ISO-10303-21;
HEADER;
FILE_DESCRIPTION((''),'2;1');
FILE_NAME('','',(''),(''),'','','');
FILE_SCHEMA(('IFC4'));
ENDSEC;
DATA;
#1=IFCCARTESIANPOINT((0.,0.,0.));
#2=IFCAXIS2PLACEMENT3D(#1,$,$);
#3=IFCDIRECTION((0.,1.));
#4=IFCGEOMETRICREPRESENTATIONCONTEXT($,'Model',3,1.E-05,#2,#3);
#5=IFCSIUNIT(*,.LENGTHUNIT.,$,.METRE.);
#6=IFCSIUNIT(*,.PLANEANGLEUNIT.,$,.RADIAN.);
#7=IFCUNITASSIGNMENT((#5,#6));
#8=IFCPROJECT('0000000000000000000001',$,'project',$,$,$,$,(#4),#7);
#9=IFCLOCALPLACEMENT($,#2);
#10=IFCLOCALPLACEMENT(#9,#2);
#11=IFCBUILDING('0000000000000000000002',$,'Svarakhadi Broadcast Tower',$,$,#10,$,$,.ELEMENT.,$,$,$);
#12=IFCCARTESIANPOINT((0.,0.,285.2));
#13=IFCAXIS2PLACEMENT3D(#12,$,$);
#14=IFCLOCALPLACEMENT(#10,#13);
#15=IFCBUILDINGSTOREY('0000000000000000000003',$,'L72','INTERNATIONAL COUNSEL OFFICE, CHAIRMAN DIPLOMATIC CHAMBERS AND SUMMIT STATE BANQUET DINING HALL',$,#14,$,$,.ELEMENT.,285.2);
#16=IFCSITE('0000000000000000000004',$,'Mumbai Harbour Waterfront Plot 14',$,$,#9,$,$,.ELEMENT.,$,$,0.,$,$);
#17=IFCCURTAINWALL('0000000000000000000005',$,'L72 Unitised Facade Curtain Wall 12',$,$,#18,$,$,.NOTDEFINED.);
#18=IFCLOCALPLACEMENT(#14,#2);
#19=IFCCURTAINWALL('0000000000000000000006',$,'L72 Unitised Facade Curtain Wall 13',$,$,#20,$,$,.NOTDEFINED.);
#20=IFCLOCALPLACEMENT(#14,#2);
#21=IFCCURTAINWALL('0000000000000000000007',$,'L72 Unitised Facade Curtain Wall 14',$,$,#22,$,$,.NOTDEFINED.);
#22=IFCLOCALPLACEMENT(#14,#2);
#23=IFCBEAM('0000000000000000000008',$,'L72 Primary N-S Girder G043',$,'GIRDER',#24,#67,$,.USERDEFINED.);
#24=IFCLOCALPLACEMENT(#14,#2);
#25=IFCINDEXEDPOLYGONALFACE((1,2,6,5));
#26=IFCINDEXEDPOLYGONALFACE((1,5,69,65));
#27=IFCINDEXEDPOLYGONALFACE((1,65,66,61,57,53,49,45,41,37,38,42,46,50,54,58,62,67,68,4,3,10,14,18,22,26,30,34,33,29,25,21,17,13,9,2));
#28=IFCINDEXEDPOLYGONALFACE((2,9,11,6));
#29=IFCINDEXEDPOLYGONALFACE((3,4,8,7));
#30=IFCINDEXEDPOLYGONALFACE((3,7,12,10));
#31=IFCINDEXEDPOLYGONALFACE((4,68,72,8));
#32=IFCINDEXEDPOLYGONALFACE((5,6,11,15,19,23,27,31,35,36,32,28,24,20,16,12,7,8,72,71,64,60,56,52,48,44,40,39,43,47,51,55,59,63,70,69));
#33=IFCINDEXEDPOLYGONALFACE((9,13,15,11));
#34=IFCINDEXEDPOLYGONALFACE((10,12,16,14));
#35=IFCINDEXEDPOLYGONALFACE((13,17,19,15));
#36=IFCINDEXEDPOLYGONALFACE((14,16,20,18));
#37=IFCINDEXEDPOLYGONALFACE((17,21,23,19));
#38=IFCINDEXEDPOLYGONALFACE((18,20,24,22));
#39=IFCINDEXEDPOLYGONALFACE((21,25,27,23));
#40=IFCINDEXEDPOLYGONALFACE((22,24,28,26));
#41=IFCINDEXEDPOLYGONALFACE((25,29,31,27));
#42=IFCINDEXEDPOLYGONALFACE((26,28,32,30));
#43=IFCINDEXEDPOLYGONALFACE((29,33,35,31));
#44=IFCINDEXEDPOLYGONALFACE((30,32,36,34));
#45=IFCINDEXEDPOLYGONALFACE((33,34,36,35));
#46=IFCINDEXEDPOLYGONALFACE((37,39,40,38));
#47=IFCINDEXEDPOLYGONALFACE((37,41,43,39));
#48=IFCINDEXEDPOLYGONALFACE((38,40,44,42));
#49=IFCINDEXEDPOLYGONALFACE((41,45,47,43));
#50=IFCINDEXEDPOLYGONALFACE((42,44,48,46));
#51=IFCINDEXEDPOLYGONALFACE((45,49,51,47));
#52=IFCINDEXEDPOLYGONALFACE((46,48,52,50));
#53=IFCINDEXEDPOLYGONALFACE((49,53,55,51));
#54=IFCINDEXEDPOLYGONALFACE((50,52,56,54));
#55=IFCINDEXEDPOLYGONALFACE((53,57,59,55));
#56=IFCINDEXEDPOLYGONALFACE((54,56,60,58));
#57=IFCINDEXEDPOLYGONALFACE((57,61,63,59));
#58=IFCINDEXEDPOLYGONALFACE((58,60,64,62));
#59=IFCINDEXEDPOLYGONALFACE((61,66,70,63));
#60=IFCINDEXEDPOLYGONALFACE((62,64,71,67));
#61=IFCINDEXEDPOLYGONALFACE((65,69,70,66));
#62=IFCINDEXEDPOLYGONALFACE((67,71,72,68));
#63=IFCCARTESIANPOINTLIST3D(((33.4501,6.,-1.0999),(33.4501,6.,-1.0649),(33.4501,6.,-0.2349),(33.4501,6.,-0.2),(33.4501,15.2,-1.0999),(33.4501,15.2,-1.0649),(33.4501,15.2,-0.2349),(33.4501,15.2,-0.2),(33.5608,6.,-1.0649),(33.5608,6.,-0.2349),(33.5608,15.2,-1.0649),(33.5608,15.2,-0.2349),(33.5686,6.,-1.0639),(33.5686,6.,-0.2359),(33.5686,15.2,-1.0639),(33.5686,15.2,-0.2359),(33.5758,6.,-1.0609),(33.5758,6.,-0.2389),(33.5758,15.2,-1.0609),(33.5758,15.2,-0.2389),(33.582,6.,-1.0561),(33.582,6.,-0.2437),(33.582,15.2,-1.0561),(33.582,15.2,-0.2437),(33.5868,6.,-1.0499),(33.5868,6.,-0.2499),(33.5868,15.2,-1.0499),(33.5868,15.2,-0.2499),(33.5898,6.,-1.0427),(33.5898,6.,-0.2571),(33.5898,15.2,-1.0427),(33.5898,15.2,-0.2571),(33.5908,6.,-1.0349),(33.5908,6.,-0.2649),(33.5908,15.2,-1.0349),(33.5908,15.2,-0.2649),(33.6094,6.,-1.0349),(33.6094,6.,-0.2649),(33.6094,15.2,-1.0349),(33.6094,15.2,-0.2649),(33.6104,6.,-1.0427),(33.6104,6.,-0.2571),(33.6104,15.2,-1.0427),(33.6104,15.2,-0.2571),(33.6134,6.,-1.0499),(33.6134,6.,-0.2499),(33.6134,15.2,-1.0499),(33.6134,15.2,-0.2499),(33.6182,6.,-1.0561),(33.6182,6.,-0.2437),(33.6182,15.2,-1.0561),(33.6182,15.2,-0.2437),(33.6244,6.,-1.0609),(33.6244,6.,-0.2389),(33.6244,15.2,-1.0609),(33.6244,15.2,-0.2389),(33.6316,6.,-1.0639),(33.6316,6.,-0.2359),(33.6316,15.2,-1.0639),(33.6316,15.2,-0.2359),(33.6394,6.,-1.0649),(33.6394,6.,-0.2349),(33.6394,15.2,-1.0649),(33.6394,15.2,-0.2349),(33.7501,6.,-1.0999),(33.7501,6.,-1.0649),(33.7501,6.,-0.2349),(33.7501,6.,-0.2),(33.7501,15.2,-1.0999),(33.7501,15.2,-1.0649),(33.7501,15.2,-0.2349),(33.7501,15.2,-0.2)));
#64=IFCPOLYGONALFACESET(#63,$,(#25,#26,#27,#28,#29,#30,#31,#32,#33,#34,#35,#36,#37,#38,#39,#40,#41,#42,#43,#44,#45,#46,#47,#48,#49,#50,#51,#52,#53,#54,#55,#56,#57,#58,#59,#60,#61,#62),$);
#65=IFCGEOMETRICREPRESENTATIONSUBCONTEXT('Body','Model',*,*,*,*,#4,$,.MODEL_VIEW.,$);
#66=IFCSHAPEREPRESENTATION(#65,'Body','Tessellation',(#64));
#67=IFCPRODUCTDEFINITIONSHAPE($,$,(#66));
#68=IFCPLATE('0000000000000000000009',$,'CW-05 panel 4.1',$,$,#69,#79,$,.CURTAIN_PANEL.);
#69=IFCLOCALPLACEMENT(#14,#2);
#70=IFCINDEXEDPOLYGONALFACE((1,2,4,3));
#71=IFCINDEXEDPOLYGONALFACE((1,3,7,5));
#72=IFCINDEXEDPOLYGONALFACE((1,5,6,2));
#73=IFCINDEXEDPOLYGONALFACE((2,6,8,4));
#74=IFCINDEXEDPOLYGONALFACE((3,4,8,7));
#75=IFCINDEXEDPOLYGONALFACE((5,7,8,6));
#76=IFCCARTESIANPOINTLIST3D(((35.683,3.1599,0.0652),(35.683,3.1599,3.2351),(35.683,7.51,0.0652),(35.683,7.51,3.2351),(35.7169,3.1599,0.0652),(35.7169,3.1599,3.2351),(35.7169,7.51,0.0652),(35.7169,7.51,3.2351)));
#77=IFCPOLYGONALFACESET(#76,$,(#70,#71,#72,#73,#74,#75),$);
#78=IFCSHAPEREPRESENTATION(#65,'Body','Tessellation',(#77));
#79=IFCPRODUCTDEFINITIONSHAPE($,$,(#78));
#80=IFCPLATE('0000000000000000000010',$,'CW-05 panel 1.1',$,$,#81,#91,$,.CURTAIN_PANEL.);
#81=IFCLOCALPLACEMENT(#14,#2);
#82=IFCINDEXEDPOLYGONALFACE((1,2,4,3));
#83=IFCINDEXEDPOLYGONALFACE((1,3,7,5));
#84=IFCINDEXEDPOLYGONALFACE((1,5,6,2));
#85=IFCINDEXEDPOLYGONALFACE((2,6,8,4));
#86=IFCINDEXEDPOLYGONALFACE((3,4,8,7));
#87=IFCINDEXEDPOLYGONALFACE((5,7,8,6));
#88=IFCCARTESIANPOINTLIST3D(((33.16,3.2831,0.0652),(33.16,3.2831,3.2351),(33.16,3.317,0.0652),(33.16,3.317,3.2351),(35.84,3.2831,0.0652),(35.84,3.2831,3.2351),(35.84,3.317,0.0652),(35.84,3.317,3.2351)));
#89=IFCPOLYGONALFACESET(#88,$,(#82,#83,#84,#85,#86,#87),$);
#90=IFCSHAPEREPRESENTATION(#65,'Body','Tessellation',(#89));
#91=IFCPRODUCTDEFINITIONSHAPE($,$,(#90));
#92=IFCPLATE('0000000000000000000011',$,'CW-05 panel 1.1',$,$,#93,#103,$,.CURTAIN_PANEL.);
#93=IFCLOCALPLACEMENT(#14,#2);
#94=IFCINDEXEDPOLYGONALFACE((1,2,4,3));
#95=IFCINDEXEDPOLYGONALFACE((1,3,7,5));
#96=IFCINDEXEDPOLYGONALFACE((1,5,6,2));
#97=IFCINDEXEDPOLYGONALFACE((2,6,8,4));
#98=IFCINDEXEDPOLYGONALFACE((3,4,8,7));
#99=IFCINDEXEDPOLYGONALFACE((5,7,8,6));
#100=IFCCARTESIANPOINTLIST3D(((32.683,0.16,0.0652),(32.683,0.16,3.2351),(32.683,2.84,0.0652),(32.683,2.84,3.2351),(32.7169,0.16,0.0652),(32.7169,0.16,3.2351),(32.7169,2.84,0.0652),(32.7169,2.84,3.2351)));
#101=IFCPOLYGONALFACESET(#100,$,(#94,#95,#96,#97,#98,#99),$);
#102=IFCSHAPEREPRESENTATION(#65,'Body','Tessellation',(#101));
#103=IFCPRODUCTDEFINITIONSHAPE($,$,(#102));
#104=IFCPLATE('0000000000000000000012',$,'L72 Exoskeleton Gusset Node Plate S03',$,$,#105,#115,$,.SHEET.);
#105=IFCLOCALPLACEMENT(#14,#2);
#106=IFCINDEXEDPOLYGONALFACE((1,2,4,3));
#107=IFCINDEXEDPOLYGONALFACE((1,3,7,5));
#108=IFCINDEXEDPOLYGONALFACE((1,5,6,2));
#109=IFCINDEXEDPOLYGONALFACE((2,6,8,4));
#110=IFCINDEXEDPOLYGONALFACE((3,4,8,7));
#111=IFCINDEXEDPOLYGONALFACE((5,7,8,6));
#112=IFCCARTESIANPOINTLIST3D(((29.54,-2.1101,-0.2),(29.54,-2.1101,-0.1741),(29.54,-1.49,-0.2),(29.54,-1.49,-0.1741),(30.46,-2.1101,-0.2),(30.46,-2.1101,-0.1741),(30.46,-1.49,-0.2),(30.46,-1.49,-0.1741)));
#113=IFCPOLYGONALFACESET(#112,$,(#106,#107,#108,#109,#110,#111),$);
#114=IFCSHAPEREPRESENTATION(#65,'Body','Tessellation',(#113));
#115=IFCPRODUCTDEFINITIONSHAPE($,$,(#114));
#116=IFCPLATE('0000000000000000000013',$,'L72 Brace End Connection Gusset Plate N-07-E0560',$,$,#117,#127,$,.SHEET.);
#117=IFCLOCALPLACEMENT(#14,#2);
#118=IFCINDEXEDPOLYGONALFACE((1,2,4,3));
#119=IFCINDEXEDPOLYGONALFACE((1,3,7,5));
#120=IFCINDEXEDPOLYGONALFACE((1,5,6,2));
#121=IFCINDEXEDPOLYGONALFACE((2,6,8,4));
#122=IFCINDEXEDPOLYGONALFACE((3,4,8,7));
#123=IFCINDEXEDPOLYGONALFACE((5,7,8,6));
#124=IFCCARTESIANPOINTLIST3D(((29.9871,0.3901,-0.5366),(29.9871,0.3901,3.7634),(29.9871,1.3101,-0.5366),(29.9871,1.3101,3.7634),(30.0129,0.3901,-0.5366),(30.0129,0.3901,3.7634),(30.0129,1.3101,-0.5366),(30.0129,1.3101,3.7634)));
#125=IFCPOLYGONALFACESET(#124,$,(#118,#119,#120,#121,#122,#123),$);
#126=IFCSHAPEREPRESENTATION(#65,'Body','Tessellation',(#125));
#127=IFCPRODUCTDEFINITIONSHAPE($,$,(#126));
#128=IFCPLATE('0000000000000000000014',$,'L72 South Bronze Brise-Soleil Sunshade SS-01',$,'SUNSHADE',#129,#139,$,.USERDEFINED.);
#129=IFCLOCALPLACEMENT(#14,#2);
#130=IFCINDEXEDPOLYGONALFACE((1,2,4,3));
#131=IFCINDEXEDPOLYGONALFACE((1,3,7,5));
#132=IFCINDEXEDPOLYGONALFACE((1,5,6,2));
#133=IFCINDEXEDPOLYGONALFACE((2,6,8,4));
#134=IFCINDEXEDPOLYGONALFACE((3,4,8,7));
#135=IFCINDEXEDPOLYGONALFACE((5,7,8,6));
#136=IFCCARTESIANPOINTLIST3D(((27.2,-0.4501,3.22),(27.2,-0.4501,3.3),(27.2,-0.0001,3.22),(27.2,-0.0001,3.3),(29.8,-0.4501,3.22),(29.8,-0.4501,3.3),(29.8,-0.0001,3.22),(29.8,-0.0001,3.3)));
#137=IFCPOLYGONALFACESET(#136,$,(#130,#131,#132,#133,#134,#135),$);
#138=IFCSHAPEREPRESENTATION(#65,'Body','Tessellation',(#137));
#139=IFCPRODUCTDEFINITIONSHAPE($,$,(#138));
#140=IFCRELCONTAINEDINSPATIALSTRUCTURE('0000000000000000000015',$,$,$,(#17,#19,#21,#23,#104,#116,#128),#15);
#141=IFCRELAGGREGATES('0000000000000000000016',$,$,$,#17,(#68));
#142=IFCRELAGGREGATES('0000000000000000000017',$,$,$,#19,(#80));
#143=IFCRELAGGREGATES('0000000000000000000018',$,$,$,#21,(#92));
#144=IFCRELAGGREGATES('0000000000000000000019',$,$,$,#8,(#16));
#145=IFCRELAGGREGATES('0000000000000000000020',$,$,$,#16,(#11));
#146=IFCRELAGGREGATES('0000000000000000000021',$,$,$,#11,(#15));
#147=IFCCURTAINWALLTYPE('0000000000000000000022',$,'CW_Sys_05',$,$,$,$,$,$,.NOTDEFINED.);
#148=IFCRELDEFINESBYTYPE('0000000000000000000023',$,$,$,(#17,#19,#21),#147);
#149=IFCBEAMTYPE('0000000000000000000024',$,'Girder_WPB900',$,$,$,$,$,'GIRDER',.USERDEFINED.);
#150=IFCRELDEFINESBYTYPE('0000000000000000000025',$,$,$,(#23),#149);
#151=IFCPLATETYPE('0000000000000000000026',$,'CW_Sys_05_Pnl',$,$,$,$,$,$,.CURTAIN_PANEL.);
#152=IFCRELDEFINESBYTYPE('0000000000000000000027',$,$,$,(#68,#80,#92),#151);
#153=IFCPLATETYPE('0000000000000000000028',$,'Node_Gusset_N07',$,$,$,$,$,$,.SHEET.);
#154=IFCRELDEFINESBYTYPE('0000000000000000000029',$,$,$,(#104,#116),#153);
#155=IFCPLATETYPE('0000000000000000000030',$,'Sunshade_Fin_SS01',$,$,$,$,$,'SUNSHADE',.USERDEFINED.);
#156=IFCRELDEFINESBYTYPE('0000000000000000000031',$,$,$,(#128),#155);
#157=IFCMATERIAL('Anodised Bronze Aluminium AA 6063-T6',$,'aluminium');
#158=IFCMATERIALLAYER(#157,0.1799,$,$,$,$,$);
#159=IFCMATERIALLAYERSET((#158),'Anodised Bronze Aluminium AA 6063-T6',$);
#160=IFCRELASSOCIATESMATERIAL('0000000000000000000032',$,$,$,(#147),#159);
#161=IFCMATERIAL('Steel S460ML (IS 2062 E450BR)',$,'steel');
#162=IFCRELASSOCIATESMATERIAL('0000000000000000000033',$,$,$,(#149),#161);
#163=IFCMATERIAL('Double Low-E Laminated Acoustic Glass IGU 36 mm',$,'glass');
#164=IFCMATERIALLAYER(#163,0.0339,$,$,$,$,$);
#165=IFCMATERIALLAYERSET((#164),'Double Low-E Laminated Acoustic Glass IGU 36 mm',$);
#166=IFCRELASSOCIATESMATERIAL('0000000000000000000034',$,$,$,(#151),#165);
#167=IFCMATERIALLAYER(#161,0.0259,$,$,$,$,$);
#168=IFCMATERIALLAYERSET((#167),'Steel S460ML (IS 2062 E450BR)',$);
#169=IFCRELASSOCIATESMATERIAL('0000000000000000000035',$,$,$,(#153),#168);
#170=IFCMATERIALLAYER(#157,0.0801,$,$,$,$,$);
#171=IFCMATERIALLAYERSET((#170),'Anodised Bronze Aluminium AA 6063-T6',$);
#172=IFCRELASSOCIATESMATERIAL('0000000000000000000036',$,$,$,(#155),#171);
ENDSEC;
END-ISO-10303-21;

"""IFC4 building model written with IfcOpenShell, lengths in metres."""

from ifc_helpers import new_model, si_unit, direction, frame, origin, origin_2d, place, context, subcontext, project, spatial, rectangle, i_section, extrude, material, layer, layer_set, material_profile, profile_set, type_object, element, aggregate, save


model = new_model("IFC4")

# Units and contexts
model_context = context("Model", 3, precision=1e-05, world=origin(), true_north=direction((0.0, 1.0)))
body_context = subcontext(model_context, "Body", "Model", "MODEL_VIEW")
ifc_project = project(units=[si_unit("LENGTHUNIT", "METRE"), si_unit("PLANEANGLEUNIT", "RADIAN")], contexts=[model_context])

# Site, building, storey
site_placement = place(None, origin())
site = spatial("IfcSite", under=ifc_project, at=site_placement, Name="Mumbai Harbour Waterfront Plot 14", CompositionType="ELEMENT", RefElevation=0.0)
building_placement = place(site_placement, origin())
building = spatial("IfcBuilding", under=site, at=building_placement, Name="Svarakhadi Broadcast Tower", CompositionType="ELEMENT")
storey_placement = place(building_placement, frame((0.0, 0.0, 285.2)))
storey = spatial("IfcBuildingStorey", under=building, at=storey_placement, Name="L72", Description="INTERNATIONAL COUNSEL OFFICE, CHAIRMAN DIPLOMATIC CHAMBERS AND SUMMIT STATE BANQUET DINING HALL", CompositionType="ELEMENT", Elevation=285.2)

# Shared definitions
ifc_material_1 = material(Name="Steel S460ML (IS 2062 E450BR)", Category="steel")

# Curtain wall
ifc_material_2 = material(Name="Anodised Bronze Aluminium AA 6063-T6", Category="aluminium")
ifc_layer_1 = layer(ifc_material_2, 0.1799)
ifc_layer_set_1 = layer_set([ifc_layer_1], Name="Anodised Bronze Aluminium AA 6063-T6")
curtain_wall_type = type_object("IfcCurtainWallType", Name="CW_Sys_05", PredefinedType="NOTDEFINED", material=ifc_layer_set_1)
curtain_wall_1_placement = place(storey_placement, origin())
curtain_wall_1 = element("IfcCurtainWall", 1, at=curtain_wall_1_placement, inside=storey, type_object=curtain_wall_type, Name="L72 Unitised Facade Curtain Wall 12", PredefinedType="NOTDEFINED")

# Curtain walls
curtain_wall_2_placement = place(storey_placement, origin())
curtain_wall_2 = element("IfcCurtainWall", 2, at=curtain_wall_2_placement, inside=storey, type_object=curtain_wall_type, Name="L72 Unitised Facade Curtain Wall 13", PredefinedType="NOTDEFINED")
curtain_wall_3_placement = place(storey_placement, origin())
curtain_wall_3 = element("IfcCurtainWall", 3, at=curtain_wall_3_placement, inside=storey, type_object=curtain_wall_type, Name="L72 Unitised Facade Curtain Wall 14", PredefinedType="NOTDEFINED")

# Beam
ifc_material_profile_1 = material_profile(ifc_material_1, i_section(OverallWidth=0.3, OverallDepth=0.8999, WebThickness=0.0186, FlangeThickness=0.0349, FilletRadius=0.03, at=origin_2d()), Name="WPB 900x300x291")
ifc_profile_set_1 = profile_set([ifc_material_profile_1], Name="Steel S460ML (IS 2062 E450BR)")
beam_type = type_object("IfcBeamType", Name="Girder_WPB900", ElementType="GIRDER", PredefinedType="USERDEFINED", material=ifc_profile_set_1)
beam_placement = place(storey_placement, frame((33.6001, 6.0, -0.6499), z_axis=(0.0, 1.0, 0.0), x_axis=(-1.0, 0.0, 0.0)))
element("IfcBeam", 4, at=beam_placement, inside=storey, type_object=beam_type, Name="L72 Primary N-S Girder G043", ObjectType="GIRDER", PredefinedType="USERDEFINED", context=body_context, shape_type="SweptSolid", body=[
    extrude(i_section(OverallWidth=0.3, OverallDepth=0.8999, WebThickness=0.0186, FlangeThickness=0.0349, FilletRadius=0.03, at=origin_2d()), origin(), (0.0, 0.0, 1.0), 9.2),
])

# Plates
ifc_material_3 = material(Name="Double Low-E Laminated Acoustic Glass IGU 36 mm", Category="glass")
ifc_layer_2 = layer(ifc_material_3, 0.0339)
ifc_layer_set_2 = layer_set([ifc_layer_2], Name="Double Low-E Laminated Acoustic Glass IGU 36 mm")
plate_type_1 = type_object("IfcPlateType", Name="CW_Sys_05_Pnl", PredefinedType="CURTAIN_PANEL", material=ifc_layer_set_2)
plate_1_placement = place(storey_placement, frame((35.7, 5.335, 0.0652), z_axis=(0.0, 0.0, 1.0), x_axis=(0.0, -1.0, 0.0)))
plate_1 = element("IfcPlate", 5, at=plate_1_placement, type_object=plate_type_1, Name="CW-05 panel 4.1", PredefinedType="CURTAIN_PANEL", context=body_context, shape_type="SweptSolid", body=[
    extrude(rectangle(XDim=4.3501, YDim=0.0339, at=origin_2d()), origin(), (0.0, 0.0, 1.0), 3.1699),
])
aggregate(curtain_wall_1, [plate_1])
plate_2_placement = place(storey_placement, frame((34.5, 3.3, 0.0652), z_axis=(0.0, 0.0, 1.0), x_axis=(-1.0, 0.0, 0.0)))
plate_2 = element("IfcPlate", 6, at=plate_2_placement, type_object=plate_type_1, Name="CW-05 panel 1.1", PredefinedType="CURTAIN_PANEL", context=body_context, shape_type="SweptSolid", body=[
    extrude(rectangle(XDim=2.6799, YDim=0.0339, at=origin_2d()), origin(), (0.0, 0.0, 1.0), 3.1699),
])
aggregate(curtain_wall_2, [plate_2])
plate_3_placement = place(storey_placement, frame((32.7, 1.5, 0.0652), z_axis=(0.0, 0.0, 1.0), x_axis=(0.0, -1.0, 0.0)))
plate_3 = element("IfcPlate", 7, at=plate_3_placement, type_object=plate_type_1, Name="CW-05 panel 1.1", PredefinedType="CURTAIN_PANEL", context=body_context, shape_type="SweptSolid", body=[
    extrude(rectangle(XDim=2.6799, YDim=0.0339, at=origin_2d()), origin(), (0.0, 0.0, 1.0), 3.1699),
])
aggregate(curtain_wall_3, [plate_3])

# Plates
ifc_layer_3 = layer(ifc_material_1, 0.0259)
ifc_layer_set_3 = layer_set([ifc_layer_3], Name="Steel S460ML (IS 2062 E450BR)")
plate_type_2 = type_object("IfcPlateType", Name="Node_Gusset_N07", PredefinedType="SHEET", material=ifc_layer_set_3)
plate_4_placement = place(storey_placement, frame((30.0, -1.8, -0.2), z_axis=(0.0, 0.0, 1.0), x_axis=(1.0, 0.0, 0.0)))
element("IfcPlate", 8, at=plate_4_placement, inside=storey, type_object=plate_type_2, Name="L72 Exoskeleton Gusset Node Plate S03", PredefinedType="SHEET", context=body_context, shape_type="SweptSolid", body=[
    extrude(rectangle(XDim=0.9199, YDim=0.6201, at=origin_2d()), origin(), (0.0, 0.0, 1.0), 0.0259),
])
plate_5_placement = place(storey_placement, frame((30.0, 0.8501, -0.5366), z_axis=(0.0, 0.0, 1.0), x_axis=(0.0, 1.0, 0.0)))
element("IfcPlate", 9, at=plate_5_placement, inside=storey, type_object=plate_type_2, Name="L72 Brace End Connection Gusset Plate N-07-E0560", PredefinedType="SHEET", context=body_context, shape_type="SweptSolid", body=[
    extrude(rectangle(XDim=0.9199, YDim=0.0259, at=origin_2d()), origin(), (0.0, 0.0, 1.0), 4.3),
])
ifc_layer_4 = layer(ifc_material_2, 0.0801)
ifc_layer_set_4 = layer_set([ifc_layer_4], Name="Anodised Bronze Aluminium AA 6063-T6")
plate_type_3 = type_object("IfcPlateType", Name="Sunshade_Fin_SS01", ElementType="SUNSHADE", PredefinedType="USERDEFINED", material=ifc_layer_set_4)
plate_6_placement = place(storey_placement, frame((28.5, -0.2251, 3.22), z_axis=(0.0, 0.0, 1.0), x_axis=(1.0, 0.0, 0.0)))
element("IfcPlate", 10, at=plate_6_placement, inside=storey, type_object=plate_type_3, Name="L72 South Bronze Brise-Soleil Sunshade SS-01", ObjectType="SUNSHADE", PredefinedType="USERDEFINED", context=body_context, shape_type="SweptSolid", body=[
    extrude(rectangle(XDim=2.6001, YDim=0.45, at=origin_2d()), origin(), (0.0, 0.0, 1.0), 0.0801),
])

save(model, "model.ifc")
